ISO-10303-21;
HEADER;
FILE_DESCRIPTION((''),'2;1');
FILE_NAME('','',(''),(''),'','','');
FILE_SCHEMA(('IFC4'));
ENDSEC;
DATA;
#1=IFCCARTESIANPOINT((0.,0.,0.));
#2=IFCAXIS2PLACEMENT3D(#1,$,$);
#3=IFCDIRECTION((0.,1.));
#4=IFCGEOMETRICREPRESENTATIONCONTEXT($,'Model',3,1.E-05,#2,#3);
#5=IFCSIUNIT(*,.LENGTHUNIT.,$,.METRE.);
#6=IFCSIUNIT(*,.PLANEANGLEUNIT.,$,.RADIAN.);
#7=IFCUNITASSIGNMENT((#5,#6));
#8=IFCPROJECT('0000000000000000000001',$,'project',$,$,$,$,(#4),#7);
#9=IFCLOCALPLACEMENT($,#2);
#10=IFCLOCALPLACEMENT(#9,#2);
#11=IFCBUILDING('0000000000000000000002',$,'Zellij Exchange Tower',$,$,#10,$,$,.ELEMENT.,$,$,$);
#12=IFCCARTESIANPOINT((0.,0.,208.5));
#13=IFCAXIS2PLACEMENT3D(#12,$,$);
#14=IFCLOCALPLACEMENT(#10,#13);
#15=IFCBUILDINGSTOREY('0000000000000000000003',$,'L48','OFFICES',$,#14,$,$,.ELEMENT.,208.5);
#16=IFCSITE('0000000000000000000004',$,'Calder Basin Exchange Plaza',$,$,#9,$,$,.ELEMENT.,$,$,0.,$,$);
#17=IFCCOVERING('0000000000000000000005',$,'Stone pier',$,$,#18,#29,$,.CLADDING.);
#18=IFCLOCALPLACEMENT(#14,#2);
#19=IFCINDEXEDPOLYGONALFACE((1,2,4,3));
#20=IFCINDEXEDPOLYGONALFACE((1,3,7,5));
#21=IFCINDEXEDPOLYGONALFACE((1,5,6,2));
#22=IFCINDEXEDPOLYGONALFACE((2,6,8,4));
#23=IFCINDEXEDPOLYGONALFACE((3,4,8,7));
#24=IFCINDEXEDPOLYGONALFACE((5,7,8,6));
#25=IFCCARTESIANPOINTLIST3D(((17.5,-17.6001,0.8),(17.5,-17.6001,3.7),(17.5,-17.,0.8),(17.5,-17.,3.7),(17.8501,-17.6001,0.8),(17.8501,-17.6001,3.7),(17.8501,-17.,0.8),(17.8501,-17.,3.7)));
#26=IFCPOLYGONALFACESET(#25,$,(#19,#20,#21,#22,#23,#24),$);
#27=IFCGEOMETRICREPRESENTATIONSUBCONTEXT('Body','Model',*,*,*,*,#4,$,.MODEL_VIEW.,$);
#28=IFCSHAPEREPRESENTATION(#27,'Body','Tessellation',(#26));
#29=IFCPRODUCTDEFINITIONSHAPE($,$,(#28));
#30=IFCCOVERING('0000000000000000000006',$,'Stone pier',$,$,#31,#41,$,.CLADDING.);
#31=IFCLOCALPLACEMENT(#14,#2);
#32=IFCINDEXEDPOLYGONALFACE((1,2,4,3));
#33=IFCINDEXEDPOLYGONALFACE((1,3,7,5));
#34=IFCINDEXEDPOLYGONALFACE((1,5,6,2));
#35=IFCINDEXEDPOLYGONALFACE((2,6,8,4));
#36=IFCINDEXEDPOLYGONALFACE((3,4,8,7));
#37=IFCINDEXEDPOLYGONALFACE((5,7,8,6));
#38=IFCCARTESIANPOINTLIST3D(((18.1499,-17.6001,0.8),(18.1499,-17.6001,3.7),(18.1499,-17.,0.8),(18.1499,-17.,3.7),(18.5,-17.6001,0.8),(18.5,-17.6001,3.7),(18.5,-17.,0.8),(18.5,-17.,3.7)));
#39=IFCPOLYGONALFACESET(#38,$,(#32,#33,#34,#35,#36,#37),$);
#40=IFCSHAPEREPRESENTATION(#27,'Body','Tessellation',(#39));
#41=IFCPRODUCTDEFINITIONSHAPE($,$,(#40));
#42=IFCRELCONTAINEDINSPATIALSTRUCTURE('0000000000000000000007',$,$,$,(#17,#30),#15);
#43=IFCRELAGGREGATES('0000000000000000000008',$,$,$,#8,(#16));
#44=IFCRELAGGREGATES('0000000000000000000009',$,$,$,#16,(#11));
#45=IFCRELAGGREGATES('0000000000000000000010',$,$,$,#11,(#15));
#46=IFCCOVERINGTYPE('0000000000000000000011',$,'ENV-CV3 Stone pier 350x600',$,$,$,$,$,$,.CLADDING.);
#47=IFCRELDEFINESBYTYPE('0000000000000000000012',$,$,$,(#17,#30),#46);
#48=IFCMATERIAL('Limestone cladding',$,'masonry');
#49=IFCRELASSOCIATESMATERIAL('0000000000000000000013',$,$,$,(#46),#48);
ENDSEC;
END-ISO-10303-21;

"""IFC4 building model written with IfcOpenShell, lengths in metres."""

from ifc_helpers import new_model, si_unit, direction, frame, origin, place, context, subcontext, project, spatial, polyline, outline, extrude, material, type_object, element, save


model = new_model("IFC4")

# Units and contexts
model_context = context("Model", 3, precision=1e-05, world=origin(), true_north=direction((0.0, 1.0)))
body_context = subcontext(model_context, "Body", "Model", "MODEL_VIEW")
ifc_project = project(units=[si_unit("LENGTHUNIT", "METRE"), si_unit("PLANEANGLEUNIT", "RADIAN")], contexts=[model_context])

# Site, building, storey
site_placement = place(None, origin())
site = spatial("IfcSite", under=ifc_project, at=site_placement, Name="Calder Basin Exchange Plaza", CompositionType="ELEMENT", RefElevation=0.0)
building_placement = place(site_placement, origin())
building = spatial("IfcBuilding", under=site, at=building_placement, Name="Zellij Exchange Tower", CompositionType="ELEMENT")
storey_placement = place(building_placement, frame((0.0, 0.0, 208.5)))
storey = spatial("IfcBuildingStorey", under=building, at=storey_placement, Name="L48", Description="OFFICES", CompositionType="ELEMENT", Elevation=208.5)

# Coverings
ifc_material_1 = material(Name="Limestone cladding", Category="masonry")
covering_type = type_object("IfcCoveringType", Name="ENV-CV3 Stone pier 350x600", PredefinedType="CLADDING", material=ifc_material_1)
covering_1_placement = place(storey_placement, frame((0.0, 0.0, 0.8)))
element("IfcCovering", 1, at=covering_1_placement, inside=storey, type_object=covering_type, Name="Stone pier", PredefinedType="CLADDING", context=body_context, shape_type="SweptSolid", body=[
    extrude(outline(polyline([(17.5, -17.0), (17.8501, -17.0), (17.8501, -17.6001), (17.5, -17.6001), (17.5, -17.0)])), origin(), (0.0, 0.0, 1.0), 2.8999),
])
covering_2_placement = place(storey_placement, frame((0.0, 0.0, 0.8)))
element("IfcCovering", 2, at=covering_2_placement, inside=storey, type_object=covering_type, Name="Stone pier", PredefinedType="CLADDING", context=body_context, shape_type="SweptSolid", body=[
    extrude(outline(polyline([(18.1499, -17.0), (18.5, -17.0), (18.5, -17.6001), (18.1499, -17.6001), (18.1499, -17.0)])), origin(), (0.0, 0.0, 1.0), 2.8999),
])

save(model, "model.ifc")
